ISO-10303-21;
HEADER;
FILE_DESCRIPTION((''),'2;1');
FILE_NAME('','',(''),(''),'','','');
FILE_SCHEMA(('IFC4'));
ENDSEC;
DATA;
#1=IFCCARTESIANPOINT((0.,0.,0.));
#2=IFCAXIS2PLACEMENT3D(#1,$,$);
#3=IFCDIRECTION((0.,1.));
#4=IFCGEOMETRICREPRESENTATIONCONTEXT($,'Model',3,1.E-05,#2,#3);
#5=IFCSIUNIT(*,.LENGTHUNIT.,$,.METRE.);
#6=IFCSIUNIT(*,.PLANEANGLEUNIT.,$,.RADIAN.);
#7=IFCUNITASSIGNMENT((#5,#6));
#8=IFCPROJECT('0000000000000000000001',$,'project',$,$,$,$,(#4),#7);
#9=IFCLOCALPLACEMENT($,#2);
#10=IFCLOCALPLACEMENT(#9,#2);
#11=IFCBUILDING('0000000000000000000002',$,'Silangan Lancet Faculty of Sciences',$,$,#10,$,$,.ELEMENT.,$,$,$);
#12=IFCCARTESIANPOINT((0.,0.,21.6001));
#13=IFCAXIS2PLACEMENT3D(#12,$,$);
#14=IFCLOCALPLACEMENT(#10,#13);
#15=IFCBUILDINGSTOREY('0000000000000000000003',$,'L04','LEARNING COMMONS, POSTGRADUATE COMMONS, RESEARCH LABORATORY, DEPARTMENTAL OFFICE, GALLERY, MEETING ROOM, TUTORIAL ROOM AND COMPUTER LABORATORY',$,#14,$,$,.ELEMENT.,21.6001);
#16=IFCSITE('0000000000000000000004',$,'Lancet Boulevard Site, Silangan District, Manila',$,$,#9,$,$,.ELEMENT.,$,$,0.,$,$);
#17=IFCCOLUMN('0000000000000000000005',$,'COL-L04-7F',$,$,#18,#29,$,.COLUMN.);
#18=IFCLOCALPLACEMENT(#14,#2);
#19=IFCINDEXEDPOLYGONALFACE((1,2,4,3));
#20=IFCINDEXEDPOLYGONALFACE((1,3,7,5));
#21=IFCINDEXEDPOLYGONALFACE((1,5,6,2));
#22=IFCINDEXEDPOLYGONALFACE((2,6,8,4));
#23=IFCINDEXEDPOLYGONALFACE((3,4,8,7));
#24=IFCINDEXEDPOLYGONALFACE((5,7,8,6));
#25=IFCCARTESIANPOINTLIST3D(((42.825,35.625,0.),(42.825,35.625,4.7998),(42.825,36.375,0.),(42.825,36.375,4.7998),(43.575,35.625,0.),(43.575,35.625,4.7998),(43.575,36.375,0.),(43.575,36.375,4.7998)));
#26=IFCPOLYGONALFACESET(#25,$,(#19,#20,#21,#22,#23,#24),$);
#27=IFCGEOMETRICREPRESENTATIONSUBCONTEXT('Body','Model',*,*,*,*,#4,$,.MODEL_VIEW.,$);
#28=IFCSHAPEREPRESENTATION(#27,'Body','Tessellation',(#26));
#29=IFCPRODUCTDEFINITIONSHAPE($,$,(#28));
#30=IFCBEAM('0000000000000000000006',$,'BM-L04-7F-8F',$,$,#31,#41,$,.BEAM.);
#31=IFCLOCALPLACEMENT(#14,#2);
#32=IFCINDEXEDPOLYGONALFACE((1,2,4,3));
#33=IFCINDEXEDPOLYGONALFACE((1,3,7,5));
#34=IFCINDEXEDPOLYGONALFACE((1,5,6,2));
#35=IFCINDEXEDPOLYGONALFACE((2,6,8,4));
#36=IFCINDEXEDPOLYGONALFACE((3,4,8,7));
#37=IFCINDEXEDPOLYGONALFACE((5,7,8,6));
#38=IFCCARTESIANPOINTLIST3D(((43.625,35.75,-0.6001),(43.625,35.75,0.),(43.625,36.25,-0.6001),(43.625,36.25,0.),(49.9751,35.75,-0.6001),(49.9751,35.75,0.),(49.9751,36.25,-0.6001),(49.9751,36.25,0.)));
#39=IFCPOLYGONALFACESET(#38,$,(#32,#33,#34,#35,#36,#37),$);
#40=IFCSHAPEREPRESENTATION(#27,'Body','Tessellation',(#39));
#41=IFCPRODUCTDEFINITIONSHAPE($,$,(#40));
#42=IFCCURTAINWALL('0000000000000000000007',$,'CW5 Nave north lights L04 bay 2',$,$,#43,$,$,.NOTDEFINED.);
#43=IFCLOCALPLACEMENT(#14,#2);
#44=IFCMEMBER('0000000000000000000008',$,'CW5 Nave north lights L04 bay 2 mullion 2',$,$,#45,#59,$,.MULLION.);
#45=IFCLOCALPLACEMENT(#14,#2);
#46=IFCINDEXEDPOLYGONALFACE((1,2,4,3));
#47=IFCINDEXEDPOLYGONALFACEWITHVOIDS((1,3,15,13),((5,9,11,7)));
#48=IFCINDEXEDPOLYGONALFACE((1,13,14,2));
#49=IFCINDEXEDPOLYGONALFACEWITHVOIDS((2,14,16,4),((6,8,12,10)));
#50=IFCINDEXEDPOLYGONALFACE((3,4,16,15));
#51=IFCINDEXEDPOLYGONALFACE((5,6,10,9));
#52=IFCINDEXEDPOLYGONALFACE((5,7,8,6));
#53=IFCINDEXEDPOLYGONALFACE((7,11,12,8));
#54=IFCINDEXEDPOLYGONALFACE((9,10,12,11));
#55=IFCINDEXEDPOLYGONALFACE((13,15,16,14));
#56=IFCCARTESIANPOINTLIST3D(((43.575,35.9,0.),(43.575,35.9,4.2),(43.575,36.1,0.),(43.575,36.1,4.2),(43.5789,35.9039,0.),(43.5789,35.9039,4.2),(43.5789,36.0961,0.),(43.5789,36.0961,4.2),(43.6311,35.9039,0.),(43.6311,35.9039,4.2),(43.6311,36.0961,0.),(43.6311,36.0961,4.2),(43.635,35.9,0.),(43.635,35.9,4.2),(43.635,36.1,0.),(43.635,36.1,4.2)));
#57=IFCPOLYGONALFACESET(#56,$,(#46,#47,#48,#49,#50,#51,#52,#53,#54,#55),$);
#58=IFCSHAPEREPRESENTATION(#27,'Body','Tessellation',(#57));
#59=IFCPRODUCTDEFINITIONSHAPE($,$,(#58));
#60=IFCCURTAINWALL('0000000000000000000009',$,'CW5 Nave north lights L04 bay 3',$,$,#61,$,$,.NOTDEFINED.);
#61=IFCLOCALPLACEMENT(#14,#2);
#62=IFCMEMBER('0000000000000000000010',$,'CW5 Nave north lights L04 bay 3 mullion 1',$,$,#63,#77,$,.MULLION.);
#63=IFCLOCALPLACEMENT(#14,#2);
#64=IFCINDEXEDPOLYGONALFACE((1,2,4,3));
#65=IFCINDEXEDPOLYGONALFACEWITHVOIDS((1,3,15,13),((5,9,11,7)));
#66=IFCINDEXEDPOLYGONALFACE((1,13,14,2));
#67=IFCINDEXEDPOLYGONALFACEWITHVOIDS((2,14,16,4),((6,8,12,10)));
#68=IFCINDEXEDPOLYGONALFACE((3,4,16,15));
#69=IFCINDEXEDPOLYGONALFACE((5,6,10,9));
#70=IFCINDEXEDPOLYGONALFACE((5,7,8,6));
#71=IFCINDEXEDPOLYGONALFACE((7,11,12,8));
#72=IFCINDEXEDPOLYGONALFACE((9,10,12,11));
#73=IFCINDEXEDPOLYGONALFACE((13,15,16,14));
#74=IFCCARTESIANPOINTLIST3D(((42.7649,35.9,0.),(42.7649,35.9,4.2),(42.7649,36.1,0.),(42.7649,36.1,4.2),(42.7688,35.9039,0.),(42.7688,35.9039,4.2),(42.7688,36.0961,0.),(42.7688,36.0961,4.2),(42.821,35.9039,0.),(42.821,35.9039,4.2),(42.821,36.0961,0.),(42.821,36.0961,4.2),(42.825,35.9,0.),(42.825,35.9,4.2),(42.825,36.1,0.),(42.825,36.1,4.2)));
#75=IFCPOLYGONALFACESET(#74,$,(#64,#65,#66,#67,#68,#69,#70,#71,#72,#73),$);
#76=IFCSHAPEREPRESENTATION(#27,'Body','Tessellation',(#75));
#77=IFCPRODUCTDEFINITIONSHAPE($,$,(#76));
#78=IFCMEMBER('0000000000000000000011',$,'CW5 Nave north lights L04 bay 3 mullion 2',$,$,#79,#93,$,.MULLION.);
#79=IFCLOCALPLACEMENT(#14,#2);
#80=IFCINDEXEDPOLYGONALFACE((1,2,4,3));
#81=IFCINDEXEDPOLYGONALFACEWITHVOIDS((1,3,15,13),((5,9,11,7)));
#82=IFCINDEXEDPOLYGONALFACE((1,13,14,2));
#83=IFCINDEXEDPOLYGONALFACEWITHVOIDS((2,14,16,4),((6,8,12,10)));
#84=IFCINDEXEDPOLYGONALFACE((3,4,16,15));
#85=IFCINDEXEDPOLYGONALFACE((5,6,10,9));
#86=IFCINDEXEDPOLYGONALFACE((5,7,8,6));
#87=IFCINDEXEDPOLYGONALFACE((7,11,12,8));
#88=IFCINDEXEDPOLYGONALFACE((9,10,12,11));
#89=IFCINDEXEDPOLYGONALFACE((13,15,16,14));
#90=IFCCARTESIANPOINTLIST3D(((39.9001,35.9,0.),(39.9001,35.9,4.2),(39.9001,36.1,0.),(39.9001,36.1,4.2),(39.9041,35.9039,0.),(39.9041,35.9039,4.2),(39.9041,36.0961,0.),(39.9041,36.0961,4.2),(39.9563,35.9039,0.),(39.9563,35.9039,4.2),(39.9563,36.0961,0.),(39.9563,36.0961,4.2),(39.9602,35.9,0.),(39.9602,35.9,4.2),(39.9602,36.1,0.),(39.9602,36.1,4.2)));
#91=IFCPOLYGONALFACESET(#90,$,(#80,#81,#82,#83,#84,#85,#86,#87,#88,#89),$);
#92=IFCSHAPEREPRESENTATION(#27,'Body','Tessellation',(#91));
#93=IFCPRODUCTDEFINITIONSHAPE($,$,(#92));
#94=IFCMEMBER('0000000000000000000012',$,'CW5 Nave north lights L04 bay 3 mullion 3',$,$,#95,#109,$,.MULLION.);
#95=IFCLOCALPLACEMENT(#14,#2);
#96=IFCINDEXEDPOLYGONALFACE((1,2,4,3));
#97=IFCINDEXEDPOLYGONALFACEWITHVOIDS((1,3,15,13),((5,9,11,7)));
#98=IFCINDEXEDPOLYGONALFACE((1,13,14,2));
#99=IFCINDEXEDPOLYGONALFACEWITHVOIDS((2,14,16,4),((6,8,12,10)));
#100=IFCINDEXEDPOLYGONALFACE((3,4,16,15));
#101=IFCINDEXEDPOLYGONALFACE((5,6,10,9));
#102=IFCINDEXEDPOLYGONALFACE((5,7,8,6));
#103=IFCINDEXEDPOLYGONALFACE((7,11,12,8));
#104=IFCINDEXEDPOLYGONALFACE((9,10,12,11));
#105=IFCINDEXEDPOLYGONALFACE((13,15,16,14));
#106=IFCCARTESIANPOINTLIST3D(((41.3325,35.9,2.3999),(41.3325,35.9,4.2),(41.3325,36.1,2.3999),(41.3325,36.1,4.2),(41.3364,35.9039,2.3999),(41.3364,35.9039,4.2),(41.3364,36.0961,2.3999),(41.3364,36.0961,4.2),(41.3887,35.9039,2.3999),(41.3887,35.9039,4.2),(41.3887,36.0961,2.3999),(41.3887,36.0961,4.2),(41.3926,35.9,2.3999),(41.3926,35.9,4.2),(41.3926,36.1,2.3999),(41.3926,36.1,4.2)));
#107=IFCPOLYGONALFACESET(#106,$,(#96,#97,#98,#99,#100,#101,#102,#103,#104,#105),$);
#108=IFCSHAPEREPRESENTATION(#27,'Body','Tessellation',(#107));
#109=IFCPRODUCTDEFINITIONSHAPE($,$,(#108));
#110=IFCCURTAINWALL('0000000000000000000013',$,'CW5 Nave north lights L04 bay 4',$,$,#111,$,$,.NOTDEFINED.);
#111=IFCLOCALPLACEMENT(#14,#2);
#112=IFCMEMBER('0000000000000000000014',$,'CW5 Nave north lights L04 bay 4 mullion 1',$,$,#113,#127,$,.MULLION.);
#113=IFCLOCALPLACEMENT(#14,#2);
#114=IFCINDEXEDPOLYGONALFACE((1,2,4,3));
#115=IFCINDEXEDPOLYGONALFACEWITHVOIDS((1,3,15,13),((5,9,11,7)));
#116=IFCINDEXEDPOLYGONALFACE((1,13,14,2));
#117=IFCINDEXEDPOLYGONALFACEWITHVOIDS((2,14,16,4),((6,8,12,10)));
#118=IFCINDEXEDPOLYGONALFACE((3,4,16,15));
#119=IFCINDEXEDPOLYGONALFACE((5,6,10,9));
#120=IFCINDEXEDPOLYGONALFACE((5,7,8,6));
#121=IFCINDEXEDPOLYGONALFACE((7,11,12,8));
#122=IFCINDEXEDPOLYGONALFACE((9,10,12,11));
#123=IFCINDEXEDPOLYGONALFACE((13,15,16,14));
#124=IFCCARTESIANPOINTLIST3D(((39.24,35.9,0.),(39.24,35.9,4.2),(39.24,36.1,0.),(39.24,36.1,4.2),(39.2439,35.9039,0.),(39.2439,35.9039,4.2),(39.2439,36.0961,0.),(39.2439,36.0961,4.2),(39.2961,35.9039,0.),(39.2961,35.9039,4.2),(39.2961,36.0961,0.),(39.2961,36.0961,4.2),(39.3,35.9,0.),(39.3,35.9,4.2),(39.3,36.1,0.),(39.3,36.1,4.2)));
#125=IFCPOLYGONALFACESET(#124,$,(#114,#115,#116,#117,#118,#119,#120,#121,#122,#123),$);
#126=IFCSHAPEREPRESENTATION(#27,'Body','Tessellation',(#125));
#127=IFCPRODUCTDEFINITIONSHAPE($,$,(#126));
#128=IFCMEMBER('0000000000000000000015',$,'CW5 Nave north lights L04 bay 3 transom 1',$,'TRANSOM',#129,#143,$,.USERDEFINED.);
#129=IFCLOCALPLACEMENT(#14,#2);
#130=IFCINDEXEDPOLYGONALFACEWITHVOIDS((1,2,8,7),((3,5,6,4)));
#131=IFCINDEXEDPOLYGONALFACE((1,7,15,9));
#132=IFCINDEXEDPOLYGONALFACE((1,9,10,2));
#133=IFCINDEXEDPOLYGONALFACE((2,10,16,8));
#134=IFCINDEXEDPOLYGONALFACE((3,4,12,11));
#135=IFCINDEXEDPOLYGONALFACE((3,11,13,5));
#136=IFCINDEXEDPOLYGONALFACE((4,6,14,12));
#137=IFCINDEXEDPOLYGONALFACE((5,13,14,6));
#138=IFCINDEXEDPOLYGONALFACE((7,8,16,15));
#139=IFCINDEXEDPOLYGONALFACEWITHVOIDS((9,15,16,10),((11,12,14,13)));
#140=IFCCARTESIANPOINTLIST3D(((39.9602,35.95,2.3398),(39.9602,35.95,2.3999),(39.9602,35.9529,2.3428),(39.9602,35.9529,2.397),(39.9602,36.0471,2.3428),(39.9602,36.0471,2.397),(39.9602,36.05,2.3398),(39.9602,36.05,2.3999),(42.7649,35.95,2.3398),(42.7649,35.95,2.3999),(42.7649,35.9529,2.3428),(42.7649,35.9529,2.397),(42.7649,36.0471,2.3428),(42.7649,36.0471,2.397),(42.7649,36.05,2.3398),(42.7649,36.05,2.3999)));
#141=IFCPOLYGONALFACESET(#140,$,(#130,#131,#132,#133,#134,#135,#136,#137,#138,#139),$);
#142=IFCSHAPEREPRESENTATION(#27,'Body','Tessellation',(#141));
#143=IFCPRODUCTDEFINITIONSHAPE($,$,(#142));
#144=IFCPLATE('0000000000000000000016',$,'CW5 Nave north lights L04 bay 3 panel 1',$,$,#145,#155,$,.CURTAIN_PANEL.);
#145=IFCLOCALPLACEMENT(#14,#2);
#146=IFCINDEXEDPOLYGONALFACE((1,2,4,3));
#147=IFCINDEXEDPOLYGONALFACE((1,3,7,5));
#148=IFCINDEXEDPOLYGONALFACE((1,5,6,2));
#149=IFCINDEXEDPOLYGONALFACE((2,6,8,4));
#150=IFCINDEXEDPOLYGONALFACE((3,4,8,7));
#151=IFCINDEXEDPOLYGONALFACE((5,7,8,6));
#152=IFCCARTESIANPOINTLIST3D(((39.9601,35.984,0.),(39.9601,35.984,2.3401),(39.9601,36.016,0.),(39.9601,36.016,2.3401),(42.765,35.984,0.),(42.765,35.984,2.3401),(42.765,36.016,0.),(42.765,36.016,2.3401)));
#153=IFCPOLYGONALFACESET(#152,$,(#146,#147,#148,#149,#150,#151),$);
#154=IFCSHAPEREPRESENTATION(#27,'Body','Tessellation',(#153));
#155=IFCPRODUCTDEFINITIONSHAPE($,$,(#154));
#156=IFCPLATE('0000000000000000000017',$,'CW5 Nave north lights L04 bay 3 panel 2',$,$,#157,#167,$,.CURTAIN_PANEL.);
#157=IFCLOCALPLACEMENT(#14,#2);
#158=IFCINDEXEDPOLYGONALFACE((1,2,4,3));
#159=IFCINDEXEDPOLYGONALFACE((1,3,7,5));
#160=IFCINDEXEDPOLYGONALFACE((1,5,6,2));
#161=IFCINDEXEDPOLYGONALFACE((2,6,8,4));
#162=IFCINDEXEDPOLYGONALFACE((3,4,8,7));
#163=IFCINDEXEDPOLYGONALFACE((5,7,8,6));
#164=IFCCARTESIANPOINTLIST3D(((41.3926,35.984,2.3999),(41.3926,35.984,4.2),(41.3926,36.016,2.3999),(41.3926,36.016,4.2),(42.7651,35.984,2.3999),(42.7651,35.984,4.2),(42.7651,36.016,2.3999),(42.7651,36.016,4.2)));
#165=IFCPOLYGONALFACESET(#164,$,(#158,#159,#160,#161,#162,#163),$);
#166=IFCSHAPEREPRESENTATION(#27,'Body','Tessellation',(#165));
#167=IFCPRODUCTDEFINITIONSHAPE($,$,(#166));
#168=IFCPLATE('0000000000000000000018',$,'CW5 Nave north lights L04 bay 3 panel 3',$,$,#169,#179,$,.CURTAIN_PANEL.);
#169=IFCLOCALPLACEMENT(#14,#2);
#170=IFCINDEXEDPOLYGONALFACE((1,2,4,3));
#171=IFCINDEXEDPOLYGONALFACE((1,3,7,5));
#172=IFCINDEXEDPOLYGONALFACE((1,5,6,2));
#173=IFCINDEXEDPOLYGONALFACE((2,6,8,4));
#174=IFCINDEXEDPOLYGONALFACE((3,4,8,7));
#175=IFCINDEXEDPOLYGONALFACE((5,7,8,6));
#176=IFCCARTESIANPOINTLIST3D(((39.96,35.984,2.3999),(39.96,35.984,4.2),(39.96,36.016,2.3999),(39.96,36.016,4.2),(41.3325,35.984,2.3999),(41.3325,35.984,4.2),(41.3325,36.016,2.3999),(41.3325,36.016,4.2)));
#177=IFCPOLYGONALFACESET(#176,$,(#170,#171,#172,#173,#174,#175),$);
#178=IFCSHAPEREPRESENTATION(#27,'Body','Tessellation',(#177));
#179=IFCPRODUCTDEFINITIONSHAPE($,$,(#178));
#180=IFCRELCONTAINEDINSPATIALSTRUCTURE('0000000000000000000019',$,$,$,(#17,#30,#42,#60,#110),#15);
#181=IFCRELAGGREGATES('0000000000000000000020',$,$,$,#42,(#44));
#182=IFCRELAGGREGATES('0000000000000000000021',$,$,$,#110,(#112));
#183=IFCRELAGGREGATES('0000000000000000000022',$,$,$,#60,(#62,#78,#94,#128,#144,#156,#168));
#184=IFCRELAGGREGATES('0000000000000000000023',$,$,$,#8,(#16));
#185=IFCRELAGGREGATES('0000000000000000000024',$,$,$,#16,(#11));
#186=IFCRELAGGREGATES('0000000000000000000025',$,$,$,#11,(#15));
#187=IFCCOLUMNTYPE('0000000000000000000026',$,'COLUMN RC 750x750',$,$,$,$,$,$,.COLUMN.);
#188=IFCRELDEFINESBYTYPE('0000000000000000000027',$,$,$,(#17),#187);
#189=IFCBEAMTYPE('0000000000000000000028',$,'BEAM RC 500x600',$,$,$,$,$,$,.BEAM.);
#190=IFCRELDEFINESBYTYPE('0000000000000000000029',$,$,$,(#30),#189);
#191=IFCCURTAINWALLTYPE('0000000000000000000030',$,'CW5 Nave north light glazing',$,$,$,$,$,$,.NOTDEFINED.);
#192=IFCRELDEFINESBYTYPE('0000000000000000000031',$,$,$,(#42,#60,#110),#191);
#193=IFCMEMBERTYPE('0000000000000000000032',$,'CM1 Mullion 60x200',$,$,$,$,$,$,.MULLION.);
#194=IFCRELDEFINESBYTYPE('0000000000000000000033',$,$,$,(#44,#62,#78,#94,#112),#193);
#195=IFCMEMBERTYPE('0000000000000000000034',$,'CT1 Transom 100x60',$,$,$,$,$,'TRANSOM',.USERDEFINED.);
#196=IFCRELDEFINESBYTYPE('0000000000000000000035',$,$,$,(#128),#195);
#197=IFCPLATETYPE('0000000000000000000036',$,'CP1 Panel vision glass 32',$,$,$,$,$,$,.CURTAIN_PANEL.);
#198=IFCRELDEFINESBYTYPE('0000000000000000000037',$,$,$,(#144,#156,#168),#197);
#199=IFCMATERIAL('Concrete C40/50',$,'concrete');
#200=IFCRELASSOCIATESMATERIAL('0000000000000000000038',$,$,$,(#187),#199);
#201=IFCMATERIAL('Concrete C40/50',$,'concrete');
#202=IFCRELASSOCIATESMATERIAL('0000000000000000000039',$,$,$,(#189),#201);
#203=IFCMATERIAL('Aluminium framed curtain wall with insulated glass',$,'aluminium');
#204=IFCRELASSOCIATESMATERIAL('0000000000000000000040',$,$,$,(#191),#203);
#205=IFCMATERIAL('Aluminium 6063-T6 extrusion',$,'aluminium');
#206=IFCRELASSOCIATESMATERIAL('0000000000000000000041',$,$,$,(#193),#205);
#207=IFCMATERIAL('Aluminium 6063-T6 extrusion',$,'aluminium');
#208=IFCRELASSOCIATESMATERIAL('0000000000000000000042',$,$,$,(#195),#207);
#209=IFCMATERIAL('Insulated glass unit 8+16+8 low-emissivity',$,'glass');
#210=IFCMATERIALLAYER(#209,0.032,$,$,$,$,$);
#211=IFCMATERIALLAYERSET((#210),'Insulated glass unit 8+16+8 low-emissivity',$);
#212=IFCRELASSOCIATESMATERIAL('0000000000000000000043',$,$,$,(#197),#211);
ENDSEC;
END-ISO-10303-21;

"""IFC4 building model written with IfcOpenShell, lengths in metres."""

from ifc_helpers import new_model, si_unit, direction, frame, origin, origin_2d, place, context, subcontext, project, spatial, rectangle, hollow_rectangle, extrude, material, layer, layer_set, material_profile, profile_set, type_object, element, aggregate, save


model = new_model("IFC4")

# Units and contexts
model_context = context("Model", 3, precision=1e-05, world=origin(), true_north=direction((0.0, 1.0)))
body_context = subcontext(model_context, "Body", "Model", "MODEL_VIEW")
ifc_project = project(units=[si_unit("LENGTHUNIT", "METRE"), si_unit("PLANEANGLEUNIT", "RADIAN")], contexts=[model_context])

# Site, building, storey
site_placement = place(None, origin())
site = spatial("IfcSite", under=ifc_project, at=site_placement, Name="Lancet Boulevard Site, Silangan District, Manila", CompositionType="ELEMENT", RefElevation=0.0)
building_placement = place(site_placement, origin())
building = spatial("IfcBuilding", under=site, at=building_placement, Name="Silangan Lancet Faculty of Sciences", CompositionType="ELEMENT")
storey_placement = place(building_placement, frame((0.0, 0.0, 21.6001)))
storey = spatial("IfcBuildingStorey", under=building, at=storey_placement, Name="L04", Description="LEARNING COMMONS, POSTGRADUATE COMMONS, RESEARCH LABORATORY, DEPARTMENTAL OFFICE, GALLERY, MEETING ROOM, TUTORIAL ROOM AND COMPUTER LABORATORY", CompositionType="ELEMENT", Elevation=21.6001)

# Column
ifc_material_1 = material(Name="Concrete C40/50", Category="concrete")
ifc_material_profile_1 = material_profile(ifc_material_1, rectangle(XDim=0.75, YDim=0.75, at=origin_2d()), Name="RC 750x750")
ifc_profile_set_1 = profile_set([ifc_material_profile_1], Name="Concrete C40/50")
column_type = type_object("IfcColumnType", Name="COLUMN RC 750x750", PredefinedType="COLUMN", material=ifc_profile_set_1)
column_placement = place(storey_placement, frame((43.2, 36.0, 0.0), z_axis=(0.0, 0.0, 1.0), x_axis=(1.0, 0.0, 0.0)))
element("IfcColumn", 1, at=column_placement, inside=storey, type_object=column_type, Name="COL-L04-7F", PredefinedType="COLUMN", context=body_context, shape_type="SweptSolid", body=[
    extrude(rectangle(XDim=0.75, YDim=0.75, at=origin_2d()), origin(), (0.0, 0.0, 1.0), 4.7998),
])

# Beam
ifc_material_2 = material(Name="Concrete C40/50", Category="concrete")
ifc_material_profile_2 = material_profile(ifc_material_2, rectangle(XDim=0.5, YDim=0.6001, at=origin_2d()), Name="RC 500x600")
ifc_profile_set_2 = profile_set([ifc_material_profile_2], Name="Concrete C40/50")
beam_type = type_object("IfcBeamType", Name="BEAM RC 500x600", PredefinedType="BEAM", material=ifc_profile_set_2)
beam_placement = place(storey_placement, frame((43.625, 36.0, -0.3), z_axis=(1.0, 0.0, 0.0), x_axis=(0.0, 1.0, 0.0)))
element("IfcBeam", 2, at=beam_placement, inside=storey, type_object=beam_type, Name="BM-L04-7F-8F", PredefinedType="BEAM", context=body_context, shape_type="SweptSolid", body=[
    extrude(rectangle(XDim=0.5, YDim=0.6001, at=origin_2d()), origin(), (0.0, 0.0, 1.0), 6.3501),
])

# Curtain wall, member
ifc_material_3 = material(Name="Aluminium framed curtain wall with insulated glass", Category="aluminium")
curtain_wall_type = type_object("IfcCurtainWallType", Name="CW5 Nave north light glazing", PredefinedType="NOTDEFINED", material=ifc_material_3)
curtain_wall_1_placement = place(storey_placement, origin())
curtain_wall_1 = element("IfcCurtainWall", 3, at=curtain_wall_1_placement, inside=storey, type_object=curtain_wall_type, Name="CW5 Nave north lights L04 bay 2", PredefinedType="NOTDEFINED")
ifc_material_4 = material(Name="Aluminium 6063-T6 extrusion", Category="aluminium")
ifc_material_profile_3 = material_profile(ifc_material_4, hollow_rectangle(XDim=0.0601, YDim=0.2, WallThickness=0.0039, at=origin_2d()), Name="AL BOX 60x200x4")
ifc_profile_set_3 = profile_set([ifc_material_profile_3], Name="Aluminium 6063-T6 extrusion")
member_type_1 = type_object("IfcMemberType", Name="CM1 Mullion 60x200", PredefinedType="MULLION", material=ifc_profile_set_3)
member_1_placement = place(storey_placement, frame((43.605, 36.0, 0.0), z_axis=(0.0, 0.0, 1.0), x_axis=(-1.0, 0.0, 0.0)))
member_1 = element("IfcMember", 4, at=member_1_placement, type_object=member_type_1, Name="CW5 Nave north lights L04 bay 2 mullion 2", PredefinedType="MULLION", context=body_context, shape_type="SweptSolid", body=[
    extrude(hollow_rectangle(XDim=0.0601, YDim=0.2, WallThickness=0.0039, at=origin_2d()), origin(), (0.0, 0.0, 1.0), 4.2),
])
aggregate(curtain_wall_1, [member_1])

# Curtain wall, members
curtain_wall_2_placement = place(storey_placement, origin())
curtain_wall_2 = element("IfcCurtainWall", 5, at=curtain_wall_2_placement, inside=storey, type_object=curtain_wall_type, Name="CW5 Nave north lights L04 bay 3", PredefinedType="NOTDEFINED")
member_2_placement = place(storey_placement, frame((42.7949, 36.0, 0.0), z_axis=(0.0, 0.0, 1.0), x_axis=(-1.0, 0.0, 0.0)))
member_2 = element("IfcMember", 6, at=member_2_placement, type_object=member_type_1, Name="CW5 Nave north lights L04 bay 3 mullion 1", PredefinedType="MULLION", context=body_context, shape_type="SweptSolid", body=[
    extrude(hollow_rectangle(XDim=0.0601, YDim=0.2, WallThickness=0.0039, at=origin_2d()), origin(), (0.0, 0.0, 1.0), 4.2),
])
member_3_placement = place(storey_placement, frame((39.9302, 36.0, 0.0), z_axis=(0.0, 0.0, 1.0), x_axis=(-1.0, 0.0, 0.0)))
member_3 = element("IfcMember", 7, at=member_3_placement, type_object=member_type_1, Name="CW5 Nave north lights L04 bay 3 mullion 2", PredefinedType="MULLION", context=body_context, shape_type="SweptSolid", body=[
    extrude(hollow_rectangle(XDim=0.0601, YDim=0.2, WallThickness=0.0039, at=origin_2d()), origin(), (0.0, 0.0, 1.0), 4.2),
])
member_4_placement = place(storey_placement, frame((41.3625, 36.0, 2.3999), z_axis=(0.0, 0.0, 1.0), x_axis=(-1.0, 0.0, 0.0)))
member_4 = element("IfcMember", 8, at=member_4_placement, type_object=member_type_1, Name="CW5 Nave north lights L04 bay 3 mullion 3", PredefinedType="MULLION", context=body_context, shape_type="SweptSolid", body=[
    extrude(hollow_rectangle(XDim=0.0601, YDim=0.2, WallThickness=0.0039, at=origin_2d()), origin(), (0.0, 0.0, 1.0), 1.8),
])

# Curtain wall, member
curtain_wall_3_placement = place(storey_placement, origin())
curtain_wall_3 = element("IfcCurtainWall", 9, at=curtain_wall_3_placement, inside=storey, type_object=curtain_wall_type, Name="CW5 Nave north lights L04 bay 4", PredefinedType="NOTDEFINED")
member_5_placement = place(storey_placement, frame((39.27, 36.0, 0.0), z_axis=(0.0, 0.0, 1.0), x_axis=(-1.0, 0.0, 0.0)))
member_5 = element("IfcMember", 10, at=member_5_placement, type_object=member_type_1, Name="CW5 Nave north lights L04 bay 4 mullion 1", PredefinedType="MULLION", context=body_context, shape_type="SweptSolid", body=[
    extrude(hollow_rectangle(XDim=0.0601, YDim=0.2, WallThickness=0.0039, at=origin_2d()), origin(), (0.0, 0.0, 1.0), 4.2),
])
aggregate(curtain_wall_3, [member_5])

# Member
ifc_material_5 = material(Name="Aluminium 6063-T6 extrusion", Category="aluminium")
ifc_material_profile_4 = material_profile(ifc_material_5, hollow_rectangle(XDim=0.1001, YDim=0.0601, WallThickness=0.0029, at=origin_2d()), Name="AL BOX 100x60x3")
ifc_profile_set_4 = profile_set([ifc_material_profile_4], Name="Aluminium 6063-T6 extrusion")
member_type_2 = type_object("IfcMemberType", Name="CT1 Transom 100x60", ElementType="TRANSOM", PredefinedType="USERDEFINED", material=ifc_profile_set_4)
member_6_placement = place(storey_placement, frame((42.7649, 36.0, 2.3699), z_axis=(-1.0, 0.0, 0.0), x_axis=(0.0, -1.0, 0.0)))
member_6 = element("IfcMember", 11, at=member_6_placement, type_object=member_type_2, Name="CW5 Nave north lights L04 bay 3 transom 1", ObjectType="TRANSOM", PredefinedType="USERDEFINED", context=body_context, shape_type="SweptSolid", body=[
    extrude(hollow_rectangle(XDim=0.1001, YDim=0.0601, WallThickness=0.0029, at=origin_2d()), origin(), (0.0, 0.0, 1.0), 2.8047),
])

# Plates
ifc_material_6 = material(Name="Insulated glass unit 8+16+8 low-emissivity", Category="glass")
ifc_layer_1 = layer(ifc_material_6, 0.032)
ifc_layer_set_1 = layer_set([ifc_layer_1], Name="Insulated glass unit 8+16+8 low-emissivity")
plate_type = type_object("IfcPlateType", Name="CP1 Panel vision glass 32", PredefinedType="CURTAIN_PANEL", material=ifc_layer_set_1)
plate_1_placement = place(storey_placement, frame((41.3625, 36.0, 0.0), z_axis=(0.0, 0.0, 1.0), x_axis=(-1.0, 0.0, 0.0)))
plate_1 = element("IfcPlate", 12, at=plate_1_placement, type_object=plate_type, Name="CW5 Nave north lights L04 bay 3 panel 1", PredefinedType="CURTAIN_PANEL", context=body_context, shape_type="SweptSolid", body=[
    extrude(rectangle(XDim=2.8049, YDim=0.032, at=origin_2d()), origin(), (0.0, 0.0, 1.0), 2.3401),
])
plate_2_placement = place(storey_placement, frame((42.0789, 36.0, 2.3999), z_axis=(0.0, 0.0, 1.0), x_axis=(-1.0, 0.0, 0.0)))
plate_2 = element("IfcPlate", 13, at=plate_2_placement, type_object=plate_type, Name="CW5 Nave north lights L04 bay 3 panel 2", PredefinedType="CURTAIN_PANEL", context=body_context, shape_type="SweptSolid", body=[
    extrude(rectangle(XDim=1.3726, YDim=0.032, at=origin_2d()), origin(), (0.0, 0.0, 1.0), 1.8),
])
plate_3_placement = place(storey_placement, frame((40.6462, 36.0, 2.3999), z_axis=(0.0, 0.0, 1.0), x_axis=(-1.0, 0.0, 0.0)))
plate_3 = element("IfcPlate", 14, at=plate_3_placement, type_object=plate_type, Name="CW5 Nave north lights L04 bay 3 panel 3", PredefinedType="CURTAIN_PANEL", context=body_context, shape_type="SweptSolid", body=[
    extrude(rectangle(XDim=1.3726, YDim=0.032, at=origin_2d()), origin(), (0.0, 0.0, 1.0), 1.8),
])
aggregate(curtain_wall_2, [member_2, member_3, member_4, member_6, plate_1, plate_2, plate_3])

save(model, "model.ifc")
